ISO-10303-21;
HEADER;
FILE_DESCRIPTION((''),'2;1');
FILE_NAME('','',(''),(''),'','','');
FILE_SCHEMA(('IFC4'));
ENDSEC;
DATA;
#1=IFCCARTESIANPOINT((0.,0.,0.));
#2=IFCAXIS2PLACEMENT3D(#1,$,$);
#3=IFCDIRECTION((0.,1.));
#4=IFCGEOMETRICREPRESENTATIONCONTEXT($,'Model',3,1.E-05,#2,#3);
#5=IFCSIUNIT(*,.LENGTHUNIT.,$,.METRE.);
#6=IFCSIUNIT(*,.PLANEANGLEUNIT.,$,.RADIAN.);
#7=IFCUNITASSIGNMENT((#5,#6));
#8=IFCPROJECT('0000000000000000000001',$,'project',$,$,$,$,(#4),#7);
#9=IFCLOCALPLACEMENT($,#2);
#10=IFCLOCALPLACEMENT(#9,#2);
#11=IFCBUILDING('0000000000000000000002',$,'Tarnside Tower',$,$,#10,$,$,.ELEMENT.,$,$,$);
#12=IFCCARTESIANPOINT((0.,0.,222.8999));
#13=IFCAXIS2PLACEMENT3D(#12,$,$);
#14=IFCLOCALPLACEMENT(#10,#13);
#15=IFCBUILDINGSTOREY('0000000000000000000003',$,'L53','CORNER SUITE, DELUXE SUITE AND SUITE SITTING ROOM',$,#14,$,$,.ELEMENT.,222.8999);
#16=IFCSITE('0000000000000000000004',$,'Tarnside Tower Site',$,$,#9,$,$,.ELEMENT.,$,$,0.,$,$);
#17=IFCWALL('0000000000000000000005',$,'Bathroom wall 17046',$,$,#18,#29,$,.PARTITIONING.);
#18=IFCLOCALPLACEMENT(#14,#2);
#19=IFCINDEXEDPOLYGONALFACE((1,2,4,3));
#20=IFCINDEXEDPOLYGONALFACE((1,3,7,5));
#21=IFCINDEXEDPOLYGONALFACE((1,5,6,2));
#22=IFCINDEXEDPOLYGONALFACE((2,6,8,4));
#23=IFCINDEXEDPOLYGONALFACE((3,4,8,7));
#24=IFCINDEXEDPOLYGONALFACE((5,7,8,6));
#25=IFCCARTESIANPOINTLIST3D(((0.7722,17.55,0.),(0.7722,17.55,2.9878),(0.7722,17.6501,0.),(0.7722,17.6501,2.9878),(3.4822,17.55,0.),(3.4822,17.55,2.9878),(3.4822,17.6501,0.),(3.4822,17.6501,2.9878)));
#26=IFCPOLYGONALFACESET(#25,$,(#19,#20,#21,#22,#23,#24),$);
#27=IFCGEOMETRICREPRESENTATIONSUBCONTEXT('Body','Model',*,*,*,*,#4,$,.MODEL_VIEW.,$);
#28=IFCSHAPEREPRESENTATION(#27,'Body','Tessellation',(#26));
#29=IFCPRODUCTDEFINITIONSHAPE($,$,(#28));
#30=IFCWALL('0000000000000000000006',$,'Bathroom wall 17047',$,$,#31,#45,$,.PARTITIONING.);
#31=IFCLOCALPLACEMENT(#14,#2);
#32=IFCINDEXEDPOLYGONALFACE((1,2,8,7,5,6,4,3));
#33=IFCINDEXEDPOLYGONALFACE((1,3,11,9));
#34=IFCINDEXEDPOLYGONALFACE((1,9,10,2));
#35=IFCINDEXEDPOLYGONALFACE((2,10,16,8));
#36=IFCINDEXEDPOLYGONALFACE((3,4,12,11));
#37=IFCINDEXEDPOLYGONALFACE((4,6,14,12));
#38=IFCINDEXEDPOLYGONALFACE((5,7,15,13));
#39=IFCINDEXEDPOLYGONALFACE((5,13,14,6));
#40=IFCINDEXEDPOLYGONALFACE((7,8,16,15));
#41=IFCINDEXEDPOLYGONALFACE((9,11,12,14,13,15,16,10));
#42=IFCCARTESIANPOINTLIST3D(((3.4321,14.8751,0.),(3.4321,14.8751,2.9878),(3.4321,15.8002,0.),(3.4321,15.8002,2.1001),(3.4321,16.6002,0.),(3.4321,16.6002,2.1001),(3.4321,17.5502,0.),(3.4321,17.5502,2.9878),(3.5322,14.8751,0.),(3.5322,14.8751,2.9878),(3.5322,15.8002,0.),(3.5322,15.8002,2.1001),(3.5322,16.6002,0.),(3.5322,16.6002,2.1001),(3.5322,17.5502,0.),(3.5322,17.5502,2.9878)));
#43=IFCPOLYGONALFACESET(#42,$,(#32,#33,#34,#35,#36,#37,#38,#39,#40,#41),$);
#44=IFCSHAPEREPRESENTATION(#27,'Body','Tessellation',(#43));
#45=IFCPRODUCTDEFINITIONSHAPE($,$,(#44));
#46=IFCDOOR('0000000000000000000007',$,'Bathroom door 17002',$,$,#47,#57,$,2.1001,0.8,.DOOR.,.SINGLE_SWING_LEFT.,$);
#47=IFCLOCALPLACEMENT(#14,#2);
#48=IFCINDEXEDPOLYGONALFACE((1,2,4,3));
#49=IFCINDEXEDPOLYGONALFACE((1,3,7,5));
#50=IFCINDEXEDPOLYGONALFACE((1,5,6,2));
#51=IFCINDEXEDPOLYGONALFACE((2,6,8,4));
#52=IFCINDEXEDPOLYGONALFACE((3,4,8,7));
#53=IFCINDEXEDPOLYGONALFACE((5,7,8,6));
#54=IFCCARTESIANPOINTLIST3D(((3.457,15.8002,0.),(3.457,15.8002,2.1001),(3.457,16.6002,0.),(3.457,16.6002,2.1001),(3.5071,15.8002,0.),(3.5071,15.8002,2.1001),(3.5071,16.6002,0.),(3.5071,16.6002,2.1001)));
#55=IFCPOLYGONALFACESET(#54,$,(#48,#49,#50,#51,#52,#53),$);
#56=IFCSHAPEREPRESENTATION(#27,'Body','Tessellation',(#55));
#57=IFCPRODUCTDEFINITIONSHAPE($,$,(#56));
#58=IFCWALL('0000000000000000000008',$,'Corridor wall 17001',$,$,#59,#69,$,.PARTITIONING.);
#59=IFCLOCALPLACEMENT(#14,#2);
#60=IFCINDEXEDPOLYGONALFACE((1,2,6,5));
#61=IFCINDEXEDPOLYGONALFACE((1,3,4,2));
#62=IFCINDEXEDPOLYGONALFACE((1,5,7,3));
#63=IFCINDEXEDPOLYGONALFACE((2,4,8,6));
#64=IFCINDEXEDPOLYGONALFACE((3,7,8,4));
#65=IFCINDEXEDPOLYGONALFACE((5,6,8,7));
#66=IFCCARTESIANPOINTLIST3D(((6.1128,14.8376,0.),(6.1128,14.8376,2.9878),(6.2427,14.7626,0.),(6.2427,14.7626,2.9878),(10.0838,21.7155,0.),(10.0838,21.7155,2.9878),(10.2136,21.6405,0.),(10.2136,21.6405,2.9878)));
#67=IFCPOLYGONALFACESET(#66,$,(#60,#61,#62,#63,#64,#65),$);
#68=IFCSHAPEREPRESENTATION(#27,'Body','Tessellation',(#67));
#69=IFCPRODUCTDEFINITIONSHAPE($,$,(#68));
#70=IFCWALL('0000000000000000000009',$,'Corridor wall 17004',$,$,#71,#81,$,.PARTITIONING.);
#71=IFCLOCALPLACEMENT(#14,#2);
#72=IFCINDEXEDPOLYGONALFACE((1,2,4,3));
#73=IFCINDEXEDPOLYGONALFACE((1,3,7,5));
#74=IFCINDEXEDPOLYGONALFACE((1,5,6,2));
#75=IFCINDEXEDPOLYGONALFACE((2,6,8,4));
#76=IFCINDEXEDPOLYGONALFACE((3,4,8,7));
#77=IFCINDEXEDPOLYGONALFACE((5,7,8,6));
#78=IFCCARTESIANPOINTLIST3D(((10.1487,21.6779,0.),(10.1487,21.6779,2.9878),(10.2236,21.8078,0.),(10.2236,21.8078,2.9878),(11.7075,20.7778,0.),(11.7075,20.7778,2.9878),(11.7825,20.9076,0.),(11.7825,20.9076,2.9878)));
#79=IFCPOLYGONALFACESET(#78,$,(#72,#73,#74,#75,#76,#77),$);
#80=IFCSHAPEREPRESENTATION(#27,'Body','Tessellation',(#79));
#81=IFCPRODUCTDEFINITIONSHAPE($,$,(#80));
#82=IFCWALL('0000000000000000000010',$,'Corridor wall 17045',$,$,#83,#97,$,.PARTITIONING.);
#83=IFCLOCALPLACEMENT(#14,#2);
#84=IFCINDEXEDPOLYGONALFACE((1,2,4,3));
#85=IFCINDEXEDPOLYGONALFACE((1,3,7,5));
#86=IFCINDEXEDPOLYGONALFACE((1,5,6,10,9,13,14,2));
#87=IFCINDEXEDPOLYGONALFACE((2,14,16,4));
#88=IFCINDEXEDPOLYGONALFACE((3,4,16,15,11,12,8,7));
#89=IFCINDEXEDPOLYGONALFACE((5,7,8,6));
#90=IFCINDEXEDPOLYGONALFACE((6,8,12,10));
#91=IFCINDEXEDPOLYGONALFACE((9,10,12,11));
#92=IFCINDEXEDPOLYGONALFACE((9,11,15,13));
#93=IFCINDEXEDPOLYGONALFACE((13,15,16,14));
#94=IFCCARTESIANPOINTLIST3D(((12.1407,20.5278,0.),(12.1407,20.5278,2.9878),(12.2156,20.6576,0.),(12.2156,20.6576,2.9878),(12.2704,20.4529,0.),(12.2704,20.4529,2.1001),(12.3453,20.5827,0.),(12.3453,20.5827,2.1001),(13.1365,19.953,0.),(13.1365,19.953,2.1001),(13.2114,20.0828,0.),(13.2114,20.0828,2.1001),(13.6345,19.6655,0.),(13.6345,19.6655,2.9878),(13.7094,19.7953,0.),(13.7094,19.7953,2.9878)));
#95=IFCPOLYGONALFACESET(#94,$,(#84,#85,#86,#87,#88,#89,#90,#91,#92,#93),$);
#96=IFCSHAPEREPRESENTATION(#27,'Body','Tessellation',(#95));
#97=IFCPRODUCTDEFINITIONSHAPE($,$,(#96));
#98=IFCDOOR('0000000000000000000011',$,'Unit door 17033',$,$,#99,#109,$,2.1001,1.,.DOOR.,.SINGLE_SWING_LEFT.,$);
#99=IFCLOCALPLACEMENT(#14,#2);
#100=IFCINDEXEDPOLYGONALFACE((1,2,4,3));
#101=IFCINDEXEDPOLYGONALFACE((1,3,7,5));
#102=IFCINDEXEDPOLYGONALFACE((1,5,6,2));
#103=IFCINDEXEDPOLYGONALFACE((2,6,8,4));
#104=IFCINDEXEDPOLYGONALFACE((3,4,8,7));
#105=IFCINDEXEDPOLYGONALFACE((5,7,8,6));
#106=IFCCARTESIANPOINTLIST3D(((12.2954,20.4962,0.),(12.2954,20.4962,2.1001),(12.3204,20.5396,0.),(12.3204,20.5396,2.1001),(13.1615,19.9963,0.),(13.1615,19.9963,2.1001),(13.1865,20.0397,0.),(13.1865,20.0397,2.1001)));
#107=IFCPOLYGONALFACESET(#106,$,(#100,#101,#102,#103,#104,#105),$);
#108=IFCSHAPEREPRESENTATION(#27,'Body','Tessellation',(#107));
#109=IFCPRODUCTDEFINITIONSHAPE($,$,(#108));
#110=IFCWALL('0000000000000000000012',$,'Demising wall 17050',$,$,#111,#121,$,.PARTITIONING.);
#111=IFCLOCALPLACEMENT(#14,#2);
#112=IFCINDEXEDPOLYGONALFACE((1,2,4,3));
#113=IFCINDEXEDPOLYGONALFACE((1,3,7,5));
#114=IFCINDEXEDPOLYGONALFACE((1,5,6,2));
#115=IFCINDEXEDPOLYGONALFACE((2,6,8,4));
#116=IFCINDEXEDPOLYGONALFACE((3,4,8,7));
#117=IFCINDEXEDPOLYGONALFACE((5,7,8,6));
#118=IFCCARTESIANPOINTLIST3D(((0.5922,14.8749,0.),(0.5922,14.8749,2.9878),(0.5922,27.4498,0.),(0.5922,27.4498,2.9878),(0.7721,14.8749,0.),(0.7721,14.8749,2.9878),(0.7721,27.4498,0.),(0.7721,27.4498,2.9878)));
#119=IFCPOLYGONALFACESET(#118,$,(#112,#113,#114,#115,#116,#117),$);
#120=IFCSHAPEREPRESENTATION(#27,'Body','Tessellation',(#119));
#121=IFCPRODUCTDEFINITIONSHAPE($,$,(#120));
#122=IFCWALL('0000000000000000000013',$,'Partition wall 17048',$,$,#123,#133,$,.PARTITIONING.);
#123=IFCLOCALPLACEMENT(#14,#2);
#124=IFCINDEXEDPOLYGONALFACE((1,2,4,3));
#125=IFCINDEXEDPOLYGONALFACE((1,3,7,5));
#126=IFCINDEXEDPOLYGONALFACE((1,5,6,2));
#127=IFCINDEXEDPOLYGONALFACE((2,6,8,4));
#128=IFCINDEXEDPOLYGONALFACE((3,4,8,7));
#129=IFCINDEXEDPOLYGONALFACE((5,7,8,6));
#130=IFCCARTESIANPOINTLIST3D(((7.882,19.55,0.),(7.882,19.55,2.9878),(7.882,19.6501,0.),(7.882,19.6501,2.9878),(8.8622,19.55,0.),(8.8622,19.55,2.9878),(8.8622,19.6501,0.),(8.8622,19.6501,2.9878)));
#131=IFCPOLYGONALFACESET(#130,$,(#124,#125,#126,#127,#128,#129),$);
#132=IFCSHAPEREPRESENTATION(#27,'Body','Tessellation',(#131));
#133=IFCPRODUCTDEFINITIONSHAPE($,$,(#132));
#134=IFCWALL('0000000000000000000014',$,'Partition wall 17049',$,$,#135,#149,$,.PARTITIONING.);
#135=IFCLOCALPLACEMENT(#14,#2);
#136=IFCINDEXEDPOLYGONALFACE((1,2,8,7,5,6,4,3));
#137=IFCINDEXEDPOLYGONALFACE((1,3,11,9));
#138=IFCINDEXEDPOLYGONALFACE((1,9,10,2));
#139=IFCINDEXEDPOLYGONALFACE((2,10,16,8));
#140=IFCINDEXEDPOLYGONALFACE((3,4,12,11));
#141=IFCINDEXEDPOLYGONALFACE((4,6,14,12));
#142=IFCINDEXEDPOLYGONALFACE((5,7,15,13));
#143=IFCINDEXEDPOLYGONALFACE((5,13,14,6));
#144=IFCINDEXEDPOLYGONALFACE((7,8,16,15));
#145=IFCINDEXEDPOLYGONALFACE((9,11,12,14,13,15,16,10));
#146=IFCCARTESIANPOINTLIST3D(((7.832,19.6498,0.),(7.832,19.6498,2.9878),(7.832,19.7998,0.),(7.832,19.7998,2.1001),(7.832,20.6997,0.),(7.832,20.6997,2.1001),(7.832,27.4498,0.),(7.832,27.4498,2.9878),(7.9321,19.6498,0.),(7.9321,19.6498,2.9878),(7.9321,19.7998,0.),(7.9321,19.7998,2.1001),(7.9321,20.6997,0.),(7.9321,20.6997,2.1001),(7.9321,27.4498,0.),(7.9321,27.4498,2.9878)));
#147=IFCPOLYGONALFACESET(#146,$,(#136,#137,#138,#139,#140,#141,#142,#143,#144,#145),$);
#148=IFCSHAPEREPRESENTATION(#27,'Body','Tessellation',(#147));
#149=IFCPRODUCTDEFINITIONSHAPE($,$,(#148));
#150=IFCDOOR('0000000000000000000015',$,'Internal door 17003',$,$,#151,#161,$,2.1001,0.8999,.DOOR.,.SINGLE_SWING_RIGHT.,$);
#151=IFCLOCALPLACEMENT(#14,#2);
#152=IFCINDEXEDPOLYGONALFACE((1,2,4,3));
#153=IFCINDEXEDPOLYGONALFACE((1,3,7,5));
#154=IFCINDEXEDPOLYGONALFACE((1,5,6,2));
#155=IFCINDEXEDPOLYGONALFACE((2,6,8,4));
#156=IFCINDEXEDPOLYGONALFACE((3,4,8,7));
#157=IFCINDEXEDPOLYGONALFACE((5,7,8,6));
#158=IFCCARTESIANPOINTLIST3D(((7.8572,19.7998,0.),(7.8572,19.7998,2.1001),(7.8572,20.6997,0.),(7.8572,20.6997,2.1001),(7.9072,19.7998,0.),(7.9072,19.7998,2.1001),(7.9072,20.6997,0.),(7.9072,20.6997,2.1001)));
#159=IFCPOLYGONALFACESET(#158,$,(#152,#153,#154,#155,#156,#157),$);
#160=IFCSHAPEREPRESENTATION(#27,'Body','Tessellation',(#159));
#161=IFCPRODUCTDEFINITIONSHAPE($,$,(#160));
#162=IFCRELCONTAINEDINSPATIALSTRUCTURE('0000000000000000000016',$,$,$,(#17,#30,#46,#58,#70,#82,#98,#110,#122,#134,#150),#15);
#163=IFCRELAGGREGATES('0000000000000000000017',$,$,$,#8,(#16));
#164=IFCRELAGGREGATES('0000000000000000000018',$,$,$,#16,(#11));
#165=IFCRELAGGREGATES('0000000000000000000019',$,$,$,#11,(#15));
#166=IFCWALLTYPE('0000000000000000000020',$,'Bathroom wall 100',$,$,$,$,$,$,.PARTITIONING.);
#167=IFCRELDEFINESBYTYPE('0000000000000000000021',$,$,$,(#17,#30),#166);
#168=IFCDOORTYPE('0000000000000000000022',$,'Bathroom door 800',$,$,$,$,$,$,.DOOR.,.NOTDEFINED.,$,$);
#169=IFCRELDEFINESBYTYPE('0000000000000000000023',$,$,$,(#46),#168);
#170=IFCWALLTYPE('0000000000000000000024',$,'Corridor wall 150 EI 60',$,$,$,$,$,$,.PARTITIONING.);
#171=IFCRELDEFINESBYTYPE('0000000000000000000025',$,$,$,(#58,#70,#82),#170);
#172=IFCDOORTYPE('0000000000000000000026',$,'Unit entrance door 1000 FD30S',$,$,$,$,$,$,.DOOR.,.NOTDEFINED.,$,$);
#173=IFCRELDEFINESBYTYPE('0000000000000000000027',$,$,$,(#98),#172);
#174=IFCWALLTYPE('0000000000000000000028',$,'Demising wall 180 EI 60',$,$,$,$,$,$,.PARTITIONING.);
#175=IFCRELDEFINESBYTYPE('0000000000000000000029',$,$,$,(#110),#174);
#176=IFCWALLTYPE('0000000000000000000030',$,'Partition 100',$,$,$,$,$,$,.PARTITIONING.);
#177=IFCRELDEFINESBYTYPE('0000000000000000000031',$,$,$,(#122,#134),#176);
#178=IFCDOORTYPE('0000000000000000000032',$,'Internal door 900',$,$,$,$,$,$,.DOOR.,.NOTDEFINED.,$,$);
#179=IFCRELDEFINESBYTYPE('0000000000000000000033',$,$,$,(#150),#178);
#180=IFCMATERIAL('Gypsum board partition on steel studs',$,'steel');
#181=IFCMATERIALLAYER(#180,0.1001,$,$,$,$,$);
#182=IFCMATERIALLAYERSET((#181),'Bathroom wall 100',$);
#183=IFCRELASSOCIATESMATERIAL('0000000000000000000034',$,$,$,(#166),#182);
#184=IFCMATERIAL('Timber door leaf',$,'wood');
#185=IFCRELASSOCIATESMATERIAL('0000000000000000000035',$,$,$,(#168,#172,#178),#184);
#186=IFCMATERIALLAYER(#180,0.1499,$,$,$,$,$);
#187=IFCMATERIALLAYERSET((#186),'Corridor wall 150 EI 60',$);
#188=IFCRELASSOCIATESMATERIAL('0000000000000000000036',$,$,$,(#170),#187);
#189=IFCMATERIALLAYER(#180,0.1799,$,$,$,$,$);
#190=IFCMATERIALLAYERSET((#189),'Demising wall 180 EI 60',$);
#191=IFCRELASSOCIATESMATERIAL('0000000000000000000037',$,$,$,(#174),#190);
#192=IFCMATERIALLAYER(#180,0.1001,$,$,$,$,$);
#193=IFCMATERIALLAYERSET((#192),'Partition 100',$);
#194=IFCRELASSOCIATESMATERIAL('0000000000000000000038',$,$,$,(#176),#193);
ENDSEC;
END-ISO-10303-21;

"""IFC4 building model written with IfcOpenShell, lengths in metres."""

from ifc_helpers import new_model, si_unit, direction, frame, frame_2d, origin, place, context, subcontext, project, spatial, rectangle, extrude, material, layer, layer_set, type_object, element, fill, save


model = new_model("IFC4")

# Units and contexts
model_context = context("Model", 3, precision=1e-05, world=origin(), true_north=direction((0.0, 1.0)))
body_context = subcontext(model_context, "Body", "Model", "MODEL_VIEW")
ifc_project = project(units=[si_unit("LENGTHUNIT", "METRE"), si_unit("PLANEANGLEUNIT", "RADIAN")], contexts=[model_context])

# Site, building, storey
site_placement = place(None, origin())
site = spatial("IfcSite", under=ifc_project, at=site_placement, Name="Tarnside Tower Site", CompositionType="ELEMENT", RefElevation=0.0)
building_placement = place(site_placement, origin())
building = spatial("IfcBuilding", under=site, at=building_placement, Name="Tarnside Tower", CompositionType="ELEMENT")
storey_placement = place(building_placement, frame((0.0, 0.0, 222.8999)))
storey = spatial("IfcBuildingStorey", under=building, at=storey_placement, Name="L53", Description="CORNER SUITE, DELUXE SUITE AND SUITE SITTING ROOM", CompositionType="ELEMENT", Elevation=222.8999)

# Wall
ifc_material_1 = material(Name="Gypsum board partition on steel studs", Category="steel")
ifc_layer_1 = layer(ifc_material_1, 0.1001)
ifc_layer_set_1 = layer_set([ifc_layer_1], Name="Bathroom wall 100")
wall_type_1 = type_object("IfcWallType", Name="Bathroom wall 100", PredefinedType="PARTITIONING", material=ifc_layer_set_1)
wall_1_placement = place(storey_placement, frame((0.7722, 17.6001, 0.0), z_axis=(0.0, 0.0, 1.0), x_axis=(1.0, 0.0, 0.0)))
element("IfcWall", 1, at=wall_1_placement, inside=storey, type_object=wall_type_1, Name="Bathroom wall 17046", PredefinedType="PARTITIONING", context=body_context, shape_type="SweptSolid", body=[
    extrude(rectangle(XDim=2.71, YDim=0.1001, at=frame_2d((1.355, 0.0))), origin(), (0.0, 0.0, 1.0), 2.9878),
])

# Wall, opening, door
wall_2_placement = place(storey_placement, frame((3.4822, 17.55, 0.0), z_axis=(0.0, 0.0, 1.0), x_axis=(0.0, -1.0, 0.0)))
wall_2 = element("IfcWall", 2, at=wall_2_placement, inside=storey, type_object=wall_type_1, Name="Bathroom wall 17047", PredefinedType="PARTITIONING", context=body_context, shape_type="SweptSolid", body=[
    extrude(rectangle(XDim=2.675, YDim=0.1001, at=frame_2d((1.3374, 0.0))), origin(), (0.0, 0.0, 1.0), 2.9878),
])
opening_1_placement = place(wall_2_placement, frame((0.95, 0.0, 0.0)))
opening_1 = element("IfcOpeningElement", 3, at=opening_1_placement, cuts=wall_2, PredefinedType="OPENING", context=body_context, shape_type="SweptSolid", body=[
    extrude(rectangle(XDim=0.8, YDim=2.1001, at=frame_2d((0.3999, 1.05))), frame((0.0, 0.0601, 0.0), z_axis=(0.0, -1.0, 0.0), x_axis=(1.0, 0.0, 0.0)), (0.0, 0.0, 1.0), 0.1201),
])
ifc_material_2 = material(Name="Timber door leaf", Category="wood")
door_type_1 = type_object("IfcDoorType", Name="Bathroom door 800", OperationType="NOTDEFINED", PredefinedType="DOOR", material=ifc_material_2)
door_1_placement = place(opening_1_placement, origin())
door_1 = element("IfcDoor", 4, at=door_1_placement, inside=storey, type_object=door_type_1, Name="Bathroom door 17002", OperationType="SINGLE_SWING_LEFT", OverallHeight=2.1001, OverallWidth=0.8, PredefinedType="DOOR", context=body_context, shape_type="SweptSolid", body=[
    extrude(rectangle(XDim=0.8, YDim=2.1001, at=frame_2d((0.3999, 1.05))), frame((0.0, 0.0249, 0.0), z_axis=(0.0, -1.0, 0.0), x_axis=(1.0, 0.0, 0.0)), (0.0, 0.0, 1.0), 0.05),
])
fill(opening_1, door_1)

# Walls
ifc_layer_2 = layer(ifc_material_1, 0.1499)
ifc_layer_set_2 = layer_set([ifc_layer_2], Name="Corridor wall 150 EI 60")
wall_type_2 = type_object("IfcWallType", Name="Corridor wall 150 EI 60", PredefinedType="PARTITIONING", material=ifc_layer_set_2)
wall_3_placement = place(storey_placement, frame((10.1487, 21.678, 0.0), z_axis=(0.0, 0.0, 1.0), x_axis=(-0.499997, -0.866027, 0.0)))
element("IfcWall", 5, at=wall_3_placement, inside=storey, type_object=wall_type_2, Name="Corridor wall 17001", PredefinedType="PARTITIONING", context=body_context, shape_type="SweptSolid", body=[
    extrude(rectangle(XDim=7.9419, YDim=0.1499, at=frame_2d((3.9709, 0.0))), origin(), (0.0, 0.0, 1.0), 2.9878),
])
wall_4_placement = place(storey_placement, frame((11.7449, 20.8428, 0.0), z_axis=(0.0, 0.0, 1.0), x_axis=(-0.865989, 0.500063, 0.0)))
element("IfcWall", 6, at=wall_4_placement, inside=storey, type_object=wall_type_2, Name="Corridor wall 17004", PredefinedType="PARTITIONING", context=body_context, shape_type="SweptSolid", body=[
    extrude(rectangle(XDim=1.8, YDim=0.1499, at=frame_2d((0.8999, 0.0))), origin(), (0.0, 0.0, 1.0), 2.9878),
])

# Wall, opening, door
wall_5_placement = place(storey_placement, frame((13.6719, 19.7305, 0.0), z_axis=(0.0, 0.0, 1.0), x_axis=(-0.866075, 0.499914, 0.0)))
wall_5 = element("IfcWall", 7, at=wall_5_placement, inside=storey, type_object=wall_type_2, Name="Corridor wall 17045", PredefinedType="PARTITIONING", context=body_context, shape_type="SweptSolid", body=[
    extrude(rectangle(XDim=1.7249, YDim=0.1499, at=frame_2d((0.8623, 0.0))), origin(), (0.0, 0.0, 1.0), 2.9878),
])
opening_2_placement = place(wall_5_placement, frame((0.575, 0.0, 0.0)))
opening_2 = element("IfcOpeningElement", 8, at=opening_2_placement, cuts=wall_5, PredefinedType="OPENING", context=body_context, shape_type="SweptSolid", body=[
    extrude(rectangle(XDim=1.0, YDim=2.1001, at=frame_2d((0.5, 1.05))), frame((0.0, 0.085, 0.0), z_axis=(0.0, -1.0, 0.0), x_axis=(1.0, 0.0, 0.0)), (0.0, 0.0, 1.0), 0.1699),
])
door_type_2 = type_object("IfcDoorType", Name="Unit entrance door 1000 FD30S", OperationType="NOTDEFINED", PredefinedType="DOOR", material=ifc_material_2)
door_2_placement = place(opening_2_placement, origin())
door_2 = element("IfcDoor", 9, at=door_2_placement, inside=storey, type_object=door_type_2, Name="Unit door 17033", OperationType="SINGLE_SWING_LEFT", OverallHeight=2.1001, OverallWidth=1.0, PredefinedType="DOOR", context=body_context, shape_type="SweptSolid", body=[
    extrude(rectangle(XDim=1.0, YDim=2.1001, at=frame_2d((0.5, 1.05))), frame((0.0, 0.0249, 0.0), z_axis=(0.0, -1.0, 0.0), x_axis=(1.0, 0.0, 0.0)), (0.0, 0.0, 1.0), 0.05),
])
fill(opening_2, door_2)

# Walls
ifc_layer_3 = layer(ifc_material_1, 0.1799)
ifc_layer_set_3 = layer_set([ifc_layer_3], Name="Demising wall 180 EI 60")
wall_type_3 = type_object("IfcWallType", Name="Demising wall 180 EI 60", PredefinedType="PARTITIONING", material=ifc_layer_set_3)
wall_6_placement = place(storey_placement, frame((0.6821, 27.45, 0.0), z_axis=(0.0, 0.0, 1.0), x_axis=(0.0, -1.0, 0.0)))
element("IfcWall", 10, at=wall_6_placement, inside=storey, type_object=wall_type_3, Name="Demising wall 17050", PredefinedType="PARTITIONING", context=body_context, shape_type="SweptSolid", body=[
    extrude(rectangle(XDim=12.575, YDim=0.1799, at=frame_2d((6.2876, 0.0))), origin(), (0.0, 0.0, 1.0), 2.9878),
])
ifc_layer_4 = layer(ifc_material_1, 0.1001)
ifc_layer_set_4 = layer_set([ifc_layer_4], Name="Partition 100")
wall_type_4 = type_object("IfcWallType", Name="Partition 100", PredefinedType="PARTITIONING", material=ifc_layer_set_4)
wall_7_placement = place(storey_placement, frame((8.8623, 19.6001, 0.0), z_axis=(0.0, 0.0, 1.0), x_axis=(-1.0, 0.0, 0.0)))
element("IfcWall", 11, at=wall_7_placement, inside=storey, type_object=wall_type_4, Name="Partition wall 17048", PredefinedType="PARTITIONING", context=body_context, shape_type="SweptSolid", body=[
    extrude(rectangle(XDim=0.9802, YDim=0.1001, at=frame_2d((0.4902, 0.0))), origin(), (0.0, 0.0, 1.0), 2.9878),
])

# Wall, opening, door
wall_8_placement = place(storey_placement, frame((7.8821, 19.6499, 0.0), z_axis=(0.0, 0.0, 1.0), x_axis=(0.0, 1.0, 0.0)))
wall_8 = element("IfcWall", 12, at=wall_8_placement, inside=storey, type_object=wall_type_4, Name="Partition wall 17049", PredefinedType="PARTITIONING", context=body_context, shape_type="SweptSolid", body=[
    extrude(rectangle(XDim=7.8, YDim=0.1001, at=frame_2d((3.8999, 0.0))), origin(), (0.0, 0.0, 1.0), 2.9878),
])
opening_3_placement = place(wall_8_placement, frame((0.1499, 0.0, 0.0)))
opening_3 = element("IfcOpeningElement", 13, at=opening_3_placement, cuts=wall_8, PredefinedType="OPENING", context=body_context, shape_type="SweptSolid", body=[
    extrude(rectangle(XDim=0.8999, YDim=2.1001, at=frame_2d((0.45, 1.05))), frame((0.0, 0.0601, 0.0), z_axis=(0.0, -1.0, 0.0), x_axis=(1.0, 0.0, 0.0)), (0.0, 0.0, 1.0), 0.1201),
])
door_type_3 = type_object("IfcDoorType", Name="Internal door 900", OperationType="NOTDEFINED", PredefinedType="DOOR", material=ifc_material_2)
door_3_placement = place(opening_3_placement, origin())
door_3 = element("IfcDoor", 14, at=door_3_placement, inside=storey, type_object=door_type_3, Name="Internal door 17003", OperationType="SINGLE_SWING_RIGHT", OverallHeight=2.1001, OverallWidth=0.8999, PredefinedType="DOOR", context=body_context, shape_type="SweptSolid", body=[
    extrude(rectangle(XDim=0.8999, YDim=2.1001, at=frame_2d((0.45, 1.05))), frame((0.0, 0.0249, 0.0), z_axis=(0.0, -1.0, 0.0), x_axis=(1.0, 0.0, 0.0)), (0.0, 0.0, 1.0), 0.05),
])
fill(opening_3, door_3)

save(model, "model.ifc")
